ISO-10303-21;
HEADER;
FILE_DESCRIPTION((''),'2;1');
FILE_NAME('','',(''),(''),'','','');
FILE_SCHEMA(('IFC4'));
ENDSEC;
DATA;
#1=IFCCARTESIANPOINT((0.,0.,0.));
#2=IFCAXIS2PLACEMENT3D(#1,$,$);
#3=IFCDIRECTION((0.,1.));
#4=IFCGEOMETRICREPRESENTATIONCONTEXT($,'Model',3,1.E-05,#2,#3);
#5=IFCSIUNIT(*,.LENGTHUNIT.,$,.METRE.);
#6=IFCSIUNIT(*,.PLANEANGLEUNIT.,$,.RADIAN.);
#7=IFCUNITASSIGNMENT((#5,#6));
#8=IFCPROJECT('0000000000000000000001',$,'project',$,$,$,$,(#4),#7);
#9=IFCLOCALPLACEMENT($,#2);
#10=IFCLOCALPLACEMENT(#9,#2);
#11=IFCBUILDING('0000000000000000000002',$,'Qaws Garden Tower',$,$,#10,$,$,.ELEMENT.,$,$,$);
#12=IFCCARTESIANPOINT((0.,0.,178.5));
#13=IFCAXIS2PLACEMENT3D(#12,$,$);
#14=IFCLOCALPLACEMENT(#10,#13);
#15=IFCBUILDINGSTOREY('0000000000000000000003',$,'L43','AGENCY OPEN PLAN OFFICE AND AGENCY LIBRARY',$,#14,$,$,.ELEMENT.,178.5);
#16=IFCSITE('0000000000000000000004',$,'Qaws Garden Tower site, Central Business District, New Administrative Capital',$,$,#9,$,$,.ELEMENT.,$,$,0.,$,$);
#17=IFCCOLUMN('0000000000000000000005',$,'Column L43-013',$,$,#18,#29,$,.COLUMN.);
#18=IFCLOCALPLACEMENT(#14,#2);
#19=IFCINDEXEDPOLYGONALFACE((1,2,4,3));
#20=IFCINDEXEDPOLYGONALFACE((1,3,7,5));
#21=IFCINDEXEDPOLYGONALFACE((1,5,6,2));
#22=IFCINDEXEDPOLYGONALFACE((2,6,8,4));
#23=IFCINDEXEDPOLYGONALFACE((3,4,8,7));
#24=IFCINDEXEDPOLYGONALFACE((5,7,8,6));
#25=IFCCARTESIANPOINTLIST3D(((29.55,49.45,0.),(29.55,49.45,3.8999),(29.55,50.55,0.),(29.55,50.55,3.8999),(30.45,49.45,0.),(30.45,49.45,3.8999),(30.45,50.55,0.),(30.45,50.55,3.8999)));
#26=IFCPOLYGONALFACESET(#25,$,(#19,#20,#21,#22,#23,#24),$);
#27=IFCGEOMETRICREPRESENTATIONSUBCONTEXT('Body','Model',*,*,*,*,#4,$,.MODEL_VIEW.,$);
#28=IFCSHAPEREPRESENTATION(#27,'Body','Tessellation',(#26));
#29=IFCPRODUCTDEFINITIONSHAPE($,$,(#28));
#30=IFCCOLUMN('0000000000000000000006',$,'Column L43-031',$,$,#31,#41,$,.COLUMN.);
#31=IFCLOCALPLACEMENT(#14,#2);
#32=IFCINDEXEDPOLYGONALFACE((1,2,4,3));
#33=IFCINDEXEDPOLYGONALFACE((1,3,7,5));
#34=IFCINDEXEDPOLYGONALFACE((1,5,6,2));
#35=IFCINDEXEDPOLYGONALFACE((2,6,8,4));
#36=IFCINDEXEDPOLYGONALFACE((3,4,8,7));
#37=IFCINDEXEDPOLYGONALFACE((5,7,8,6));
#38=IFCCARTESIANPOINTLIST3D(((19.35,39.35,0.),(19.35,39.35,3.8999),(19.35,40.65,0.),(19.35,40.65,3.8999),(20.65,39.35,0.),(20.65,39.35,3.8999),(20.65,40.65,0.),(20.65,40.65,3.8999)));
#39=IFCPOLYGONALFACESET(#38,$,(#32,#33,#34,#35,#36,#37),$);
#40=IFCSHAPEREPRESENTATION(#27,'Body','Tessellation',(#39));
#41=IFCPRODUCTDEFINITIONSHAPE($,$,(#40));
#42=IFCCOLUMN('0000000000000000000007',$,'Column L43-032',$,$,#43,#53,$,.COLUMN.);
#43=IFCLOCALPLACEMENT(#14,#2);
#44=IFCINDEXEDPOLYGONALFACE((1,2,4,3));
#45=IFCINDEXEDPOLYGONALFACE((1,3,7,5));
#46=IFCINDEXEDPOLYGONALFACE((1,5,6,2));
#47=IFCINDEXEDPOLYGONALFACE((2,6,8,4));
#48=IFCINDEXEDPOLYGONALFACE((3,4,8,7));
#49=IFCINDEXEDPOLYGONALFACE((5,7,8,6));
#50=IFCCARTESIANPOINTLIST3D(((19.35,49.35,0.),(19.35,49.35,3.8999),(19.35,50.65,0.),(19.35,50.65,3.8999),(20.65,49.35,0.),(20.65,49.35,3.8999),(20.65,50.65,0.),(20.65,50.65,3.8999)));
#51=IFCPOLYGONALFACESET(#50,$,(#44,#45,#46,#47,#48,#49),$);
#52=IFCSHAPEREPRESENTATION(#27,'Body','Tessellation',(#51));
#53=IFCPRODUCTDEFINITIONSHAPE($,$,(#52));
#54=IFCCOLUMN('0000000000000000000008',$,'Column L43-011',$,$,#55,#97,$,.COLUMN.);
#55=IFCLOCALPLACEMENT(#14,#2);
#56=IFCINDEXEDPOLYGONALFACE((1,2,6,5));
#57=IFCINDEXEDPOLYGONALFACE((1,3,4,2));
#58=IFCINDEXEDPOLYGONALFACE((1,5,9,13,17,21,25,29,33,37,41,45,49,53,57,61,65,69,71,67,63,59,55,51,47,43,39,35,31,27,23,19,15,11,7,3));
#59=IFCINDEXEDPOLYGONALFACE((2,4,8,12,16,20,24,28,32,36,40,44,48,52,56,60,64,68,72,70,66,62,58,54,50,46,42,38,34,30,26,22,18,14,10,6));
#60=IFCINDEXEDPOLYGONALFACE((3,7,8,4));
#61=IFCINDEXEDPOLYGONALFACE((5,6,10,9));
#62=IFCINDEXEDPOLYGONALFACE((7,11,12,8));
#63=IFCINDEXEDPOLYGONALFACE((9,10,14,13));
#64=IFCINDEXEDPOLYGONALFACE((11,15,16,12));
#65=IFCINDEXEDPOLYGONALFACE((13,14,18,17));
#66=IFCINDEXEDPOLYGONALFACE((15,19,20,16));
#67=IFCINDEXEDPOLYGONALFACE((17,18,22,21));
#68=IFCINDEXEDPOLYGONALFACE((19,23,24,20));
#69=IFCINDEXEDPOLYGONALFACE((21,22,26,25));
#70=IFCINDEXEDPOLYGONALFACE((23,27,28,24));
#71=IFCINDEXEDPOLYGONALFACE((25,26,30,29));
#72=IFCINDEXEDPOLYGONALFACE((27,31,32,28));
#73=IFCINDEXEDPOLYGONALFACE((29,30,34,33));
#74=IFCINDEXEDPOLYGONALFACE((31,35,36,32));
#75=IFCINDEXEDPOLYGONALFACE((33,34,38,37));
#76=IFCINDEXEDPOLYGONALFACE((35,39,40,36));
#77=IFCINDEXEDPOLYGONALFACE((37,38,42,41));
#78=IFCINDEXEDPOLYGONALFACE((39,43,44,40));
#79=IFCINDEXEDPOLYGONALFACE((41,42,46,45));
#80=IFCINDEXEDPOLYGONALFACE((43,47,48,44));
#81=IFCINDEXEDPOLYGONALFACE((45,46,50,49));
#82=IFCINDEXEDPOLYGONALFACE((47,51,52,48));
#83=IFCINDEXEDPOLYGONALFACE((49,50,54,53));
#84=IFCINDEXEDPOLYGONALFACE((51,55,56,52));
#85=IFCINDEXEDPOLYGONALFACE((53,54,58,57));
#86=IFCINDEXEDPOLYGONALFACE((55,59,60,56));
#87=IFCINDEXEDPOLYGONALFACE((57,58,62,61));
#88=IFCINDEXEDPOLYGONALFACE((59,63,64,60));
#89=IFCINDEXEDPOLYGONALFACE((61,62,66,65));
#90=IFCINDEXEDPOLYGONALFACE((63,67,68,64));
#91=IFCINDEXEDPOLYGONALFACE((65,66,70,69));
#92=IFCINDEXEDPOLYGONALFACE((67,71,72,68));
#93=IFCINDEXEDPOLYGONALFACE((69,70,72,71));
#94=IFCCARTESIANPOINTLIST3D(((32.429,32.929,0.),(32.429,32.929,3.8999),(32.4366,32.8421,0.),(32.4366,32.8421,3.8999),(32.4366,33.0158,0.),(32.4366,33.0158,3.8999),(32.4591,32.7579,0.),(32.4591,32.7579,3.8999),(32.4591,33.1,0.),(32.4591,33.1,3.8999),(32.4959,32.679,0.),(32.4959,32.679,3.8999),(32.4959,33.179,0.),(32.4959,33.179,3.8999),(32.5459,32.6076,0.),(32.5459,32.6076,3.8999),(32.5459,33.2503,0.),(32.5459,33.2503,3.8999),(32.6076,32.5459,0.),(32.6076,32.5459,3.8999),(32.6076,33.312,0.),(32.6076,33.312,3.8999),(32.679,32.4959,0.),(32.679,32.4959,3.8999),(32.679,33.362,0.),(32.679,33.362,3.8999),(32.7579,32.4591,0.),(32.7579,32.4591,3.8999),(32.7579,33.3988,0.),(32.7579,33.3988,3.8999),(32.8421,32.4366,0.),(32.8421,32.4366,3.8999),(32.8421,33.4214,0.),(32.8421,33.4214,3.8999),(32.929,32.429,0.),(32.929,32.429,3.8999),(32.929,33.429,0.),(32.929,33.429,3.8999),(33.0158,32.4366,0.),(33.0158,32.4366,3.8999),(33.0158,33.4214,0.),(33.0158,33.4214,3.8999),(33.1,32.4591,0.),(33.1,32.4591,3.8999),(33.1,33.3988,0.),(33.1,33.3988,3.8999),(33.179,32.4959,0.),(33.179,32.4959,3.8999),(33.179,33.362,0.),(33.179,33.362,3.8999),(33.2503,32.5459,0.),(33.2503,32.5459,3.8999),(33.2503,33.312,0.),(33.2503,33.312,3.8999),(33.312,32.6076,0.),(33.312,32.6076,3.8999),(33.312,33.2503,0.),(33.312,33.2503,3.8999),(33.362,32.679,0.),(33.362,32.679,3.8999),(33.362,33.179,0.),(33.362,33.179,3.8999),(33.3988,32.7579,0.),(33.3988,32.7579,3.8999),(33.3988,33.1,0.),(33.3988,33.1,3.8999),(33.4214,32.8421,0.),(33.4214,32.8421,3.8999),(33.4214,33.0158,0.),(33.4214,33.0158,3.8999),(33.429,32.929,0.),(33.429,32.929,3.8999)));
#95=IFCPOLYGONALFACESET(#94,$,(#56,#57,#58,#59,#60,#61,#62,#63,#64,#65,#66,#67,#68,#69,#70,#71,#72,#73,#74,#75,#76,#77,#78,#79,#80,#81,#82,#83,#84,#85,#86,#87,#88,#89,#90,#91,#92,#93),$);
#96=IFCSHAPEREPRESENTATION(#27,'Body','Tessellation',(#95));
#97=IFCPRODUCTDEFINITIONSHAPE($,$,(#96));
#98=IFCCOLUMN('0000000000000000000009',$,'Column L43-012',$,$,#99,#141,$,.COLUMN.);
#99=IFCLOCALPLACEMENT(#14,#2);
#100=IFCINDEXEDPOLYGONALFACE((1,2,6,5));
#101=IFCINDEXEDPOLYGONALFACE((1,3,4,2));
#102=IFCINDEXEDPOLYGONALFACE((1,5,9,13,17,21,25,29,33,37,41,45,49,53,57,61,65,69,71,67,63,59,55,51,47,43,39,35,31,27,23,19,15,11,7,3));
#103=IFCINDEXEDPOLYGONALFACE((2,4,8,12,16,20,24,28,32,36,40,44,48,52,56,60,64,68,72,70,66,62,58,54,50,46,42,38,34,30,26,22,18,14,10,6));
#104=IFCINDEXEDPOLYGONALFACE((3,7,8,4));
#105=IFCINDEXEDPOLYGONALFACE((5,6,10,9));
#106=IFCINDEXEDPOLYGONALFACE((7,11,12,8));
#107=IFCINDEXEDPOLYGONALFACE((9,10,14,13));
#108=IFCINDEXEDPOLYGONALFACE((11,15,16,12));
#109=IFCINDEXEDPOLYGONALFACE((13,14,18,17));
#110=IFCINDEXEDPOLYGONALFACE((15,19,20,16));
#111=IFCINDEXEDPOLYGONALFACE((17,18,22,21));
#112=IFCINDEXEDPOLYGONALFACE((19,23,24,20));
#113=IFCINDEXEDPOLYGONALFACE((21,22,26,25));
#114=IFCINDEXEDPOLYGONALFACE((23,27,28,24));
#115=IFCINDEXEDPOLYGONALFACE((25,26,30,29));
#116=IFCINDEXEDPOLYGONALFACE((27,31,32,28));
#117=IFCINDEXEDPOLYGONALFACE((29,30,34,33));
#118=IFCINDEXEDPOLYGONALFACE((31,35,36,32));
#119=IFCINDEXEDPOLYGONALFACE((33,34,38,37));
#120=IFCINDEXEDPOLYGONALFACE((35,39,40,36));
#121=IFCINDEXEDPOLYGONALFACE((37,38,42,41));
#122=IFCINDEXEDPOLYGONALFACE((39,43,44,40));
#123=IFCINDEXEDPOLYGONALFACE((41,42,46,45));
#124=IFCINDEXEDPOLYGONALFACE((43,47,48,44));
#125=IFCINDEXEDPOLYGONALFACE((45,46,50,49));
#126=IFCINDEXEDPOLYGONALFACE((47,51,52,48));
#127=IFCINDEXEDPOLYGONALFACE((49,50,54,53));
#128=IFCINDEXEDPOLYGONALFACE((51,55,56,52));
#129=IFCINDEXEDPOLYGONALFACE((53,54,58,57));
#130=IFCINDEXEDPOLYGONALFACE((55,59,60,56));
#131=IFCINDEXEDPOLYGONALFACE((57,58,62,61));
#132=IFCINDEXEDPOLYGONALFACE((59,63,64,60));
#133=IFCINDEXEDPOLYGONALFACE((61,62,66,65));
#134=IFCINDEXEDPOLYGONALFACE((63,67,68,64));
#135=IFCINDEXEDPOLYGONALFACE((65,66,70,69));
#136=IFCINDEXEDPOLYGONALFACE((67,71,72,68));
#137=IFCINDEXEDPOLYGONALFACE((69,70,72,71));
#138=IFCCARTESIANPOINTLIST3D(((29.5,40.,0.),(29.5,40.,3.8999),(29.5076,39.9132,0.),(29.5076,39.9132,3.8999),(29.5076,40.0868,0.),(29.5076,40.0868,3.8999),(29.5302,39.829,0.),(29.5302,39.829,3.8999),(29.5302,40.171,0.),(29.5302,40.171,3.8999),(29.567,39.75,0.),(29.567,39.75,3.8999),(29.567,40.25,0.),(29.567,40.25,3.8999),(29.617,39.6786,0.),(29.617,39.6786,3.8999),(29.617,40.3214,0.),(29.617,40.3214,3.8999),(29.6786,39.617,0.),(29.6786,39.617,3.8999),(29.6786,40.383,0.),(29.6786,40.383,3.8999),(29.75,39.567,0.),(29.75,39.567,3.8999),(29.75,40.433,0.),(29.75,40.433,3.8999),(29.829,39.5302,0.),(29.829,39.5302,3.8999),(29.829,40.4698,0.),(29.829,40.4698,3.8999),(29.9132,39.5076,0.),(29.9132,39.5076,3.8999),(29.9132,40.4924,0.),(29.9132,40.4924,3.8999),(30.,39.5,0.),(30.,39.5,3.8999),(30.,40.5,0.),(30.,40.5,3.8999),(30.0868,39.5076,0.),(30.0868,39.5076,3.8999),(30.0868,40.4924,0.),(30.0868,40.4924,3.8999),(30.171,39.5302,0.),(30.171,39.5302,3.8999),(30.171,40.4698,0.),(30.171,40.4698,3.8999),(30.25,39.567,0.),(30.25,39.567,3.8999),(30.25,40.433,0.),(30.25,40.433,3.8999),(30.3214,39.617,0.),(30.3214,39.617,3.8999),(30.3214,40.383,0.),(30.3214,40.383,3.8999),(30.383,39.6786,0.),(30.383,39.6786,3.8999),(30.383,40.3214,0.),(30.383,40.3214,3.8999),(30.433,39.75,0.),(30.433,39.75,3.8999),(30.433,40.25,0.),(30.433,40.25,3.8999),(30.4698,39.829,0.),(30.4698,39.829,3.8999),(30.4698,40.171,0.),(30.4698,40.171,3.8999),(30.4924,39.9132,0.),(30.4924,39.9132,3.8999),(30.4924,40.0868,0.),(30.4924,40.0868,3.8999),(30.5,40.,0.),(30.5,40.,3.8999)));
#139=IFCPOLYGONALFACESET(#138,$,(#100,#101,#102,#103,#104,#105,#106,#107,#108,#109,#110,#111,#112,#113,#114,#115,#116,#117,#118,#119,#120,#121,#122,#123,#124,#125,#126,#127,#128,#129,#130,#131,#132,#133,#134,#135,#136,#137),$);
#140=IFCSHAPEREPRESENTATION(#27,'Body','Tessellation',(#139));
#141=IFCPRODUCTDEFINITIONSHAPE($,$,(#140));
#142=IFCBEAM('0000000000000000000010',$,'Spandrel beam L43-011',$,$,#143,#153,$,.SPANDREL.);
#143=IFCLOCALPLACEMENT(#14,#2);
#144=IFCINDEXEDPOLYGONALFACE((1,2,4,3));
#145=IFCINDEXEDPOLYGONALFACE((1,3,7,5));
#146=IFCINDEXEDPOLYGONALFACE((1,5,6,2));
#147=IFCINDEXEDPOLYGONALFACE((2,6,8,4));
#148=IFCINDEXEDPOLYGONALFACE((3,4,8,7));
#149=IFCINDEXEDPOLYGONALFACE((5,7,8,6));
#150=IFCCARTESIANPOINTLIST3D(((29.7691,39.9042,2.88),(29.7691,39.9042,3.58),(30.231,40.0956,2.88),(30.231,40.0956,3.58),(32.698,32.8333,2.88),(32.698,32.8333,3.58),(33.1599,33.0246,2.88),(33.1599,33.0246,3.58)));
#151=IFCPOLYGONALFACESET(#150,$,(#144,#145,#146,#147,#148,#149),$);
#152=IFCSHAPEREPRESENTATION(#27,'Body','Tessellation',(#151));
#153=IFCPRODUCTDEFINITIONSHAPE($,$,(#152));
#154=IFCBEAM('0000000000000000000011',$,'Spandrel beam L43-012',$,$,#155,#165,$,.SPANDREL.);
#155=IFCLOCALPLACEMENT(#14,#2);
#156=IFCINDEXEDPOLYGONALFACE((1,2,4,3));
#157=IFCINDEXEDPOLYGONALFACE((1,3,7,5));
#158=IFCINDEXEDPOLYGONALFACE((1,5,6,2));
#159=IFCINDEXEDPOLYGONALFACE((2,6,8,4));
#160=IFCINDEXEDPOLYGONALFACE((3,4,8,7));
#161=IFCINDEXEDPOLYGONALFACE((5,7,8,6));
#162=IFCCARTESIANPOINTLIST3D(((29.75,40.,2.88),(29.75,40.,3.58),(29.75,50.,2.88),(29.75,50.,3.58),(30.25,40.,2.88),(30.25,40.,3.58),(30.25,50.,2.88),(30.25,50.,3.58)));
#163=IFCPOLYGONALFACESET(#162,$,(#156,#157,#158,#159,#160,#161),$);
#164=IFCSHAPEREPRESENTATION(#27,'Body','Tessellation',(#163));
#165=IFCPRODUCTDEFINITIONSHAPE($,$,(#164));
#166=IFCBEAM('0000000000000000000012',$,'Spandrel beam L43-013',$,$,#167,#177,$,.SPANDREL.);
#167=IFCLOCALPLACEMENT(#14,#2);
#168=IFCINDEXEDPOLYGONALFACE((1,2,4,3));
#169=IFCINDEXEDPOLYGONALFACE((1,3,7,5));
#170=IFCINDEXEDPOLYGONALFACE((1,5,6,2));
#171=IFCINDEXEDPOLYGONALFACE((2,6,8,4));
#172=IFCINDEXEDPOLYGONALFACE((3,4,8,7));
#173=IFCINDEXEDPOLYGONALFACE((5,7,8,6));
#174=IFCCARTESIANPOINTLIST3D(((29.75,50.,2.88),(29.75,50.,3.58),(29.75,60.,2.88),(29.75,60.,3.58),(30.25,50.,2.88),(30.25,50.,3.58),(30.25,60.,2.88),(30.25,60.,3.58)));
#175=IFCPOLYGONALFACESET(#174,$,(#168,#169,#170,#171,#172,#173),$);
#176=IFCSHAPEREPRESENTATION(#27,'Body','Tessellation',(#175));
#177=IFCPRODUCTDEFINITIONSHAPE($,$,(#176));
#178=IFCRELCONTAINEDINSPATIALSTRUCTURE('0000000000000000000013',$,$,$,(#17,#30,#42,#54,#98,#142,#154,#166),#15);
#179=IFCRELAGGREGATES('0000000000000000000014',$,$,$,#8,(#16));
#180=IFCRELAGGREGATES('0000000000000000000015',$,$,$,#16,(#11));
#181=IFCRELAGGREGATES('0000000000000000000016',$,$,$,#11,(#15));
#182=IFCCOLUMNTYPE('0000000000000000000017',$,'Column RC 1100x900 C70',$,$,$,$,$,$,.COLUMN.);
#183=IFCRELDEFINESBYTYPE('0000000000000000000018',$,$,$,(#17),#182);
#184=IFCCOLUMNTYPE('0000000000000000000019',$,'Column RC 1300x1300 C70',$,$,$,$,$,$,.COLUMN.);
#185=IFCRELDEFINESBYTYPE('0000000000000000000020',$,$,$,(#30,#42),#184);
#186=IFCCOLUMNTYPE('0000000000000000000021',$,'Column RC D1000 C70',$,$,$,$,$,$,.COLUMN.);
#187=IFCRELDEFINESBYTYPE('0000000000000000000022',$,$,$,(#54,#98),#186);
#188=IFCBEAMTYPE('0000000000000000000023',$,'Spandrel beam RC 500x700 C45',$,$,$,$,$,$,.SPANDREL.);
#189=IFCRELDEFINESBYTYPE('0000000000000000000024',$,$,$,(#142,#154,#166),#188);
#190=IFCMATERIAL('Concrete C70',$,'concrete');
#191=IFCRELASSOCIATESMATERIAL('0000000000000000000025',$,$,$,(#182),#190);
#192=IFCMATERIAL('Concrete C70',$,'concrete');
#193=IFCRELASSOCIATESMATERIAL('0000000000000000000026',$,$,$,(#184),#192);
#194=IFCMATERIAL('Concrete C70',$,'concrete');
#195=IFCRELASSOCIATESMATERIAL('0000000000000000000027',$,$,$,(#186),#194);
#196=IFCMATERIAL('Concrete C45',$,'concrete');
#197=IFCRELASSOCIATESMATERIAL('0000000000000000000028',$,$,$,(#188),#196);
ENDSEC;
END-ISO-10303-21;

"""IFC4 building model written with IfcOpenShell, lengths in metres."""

from ifc_helpers import new_model, si_unit, direction, frame, origin, origin_2d, place, context, subcontext, project, spatial, rectangle, circle, extrude, material, material_profile, profile_set, type_object, element, save


model = new_model("IFC4")

# Units and contexts
model_context = context("Model", 3, precision=1e-05, world=origin(), true_north=direction((0.0, 1.0)))
body_context = subcontext(model_context, "Body", "Model", "MODEL_VIEW")
ifc_project = project(units=[si_unit("LENGTHUNIT", "METRE"), si_unit("PLANEANGLEUNIT", "RADIAN")], contexts=[model_context])

# Site, building, storey
site_placement = place(None, origin())
site = spatial("IfcSite", under=ifc_project, at=site_placement, Name="Qaws Garden Tower site, Central Business District, New Administrative Capital", CompositionType="ELEMENT", RefElevation=0.0)
building_placement = place(site_placement, origin())
building = spatial("IfcBuilding", under=site, at=building_placement, Name="Qaws Garden Tower", CompositionType="ELEMENT")
storey_placement = place(building_placement, frame((0.0, 0.0, 178.5)))
storey = spatial("IfcBuildingStorey", under=building, at=storey_placement, Name="L43", Description="AGENCY OPEN PLAN OFFICE AND AGENCY LIBRARY", CompositionType="ELEMENT", Elevation=178.5)

# Columns
ifc_material_1 = material(Name="Concrete C70", Category="concrete")
ifc_material_profile_1 = material_profile(ifc_material_1, rectangle(XDim=1.1001, YDim=0.8999, at=origin_2d()), Name="RC 1100x900")
ifc_profile_set_1 = profile_set([ifc_material_profile_1], Name="Concrete C70")
column_type_1 = type_object("IfcColumnType", Name="Column RC 1100x900 C70", PredefinedType="COLUMN", material=ifc_profile_set_1)
column_placement = place(storey_placement, frame((30.0, 50.0, 0.0), z_axis=(0.0, 0.0, 1.0), x_axis=(0.0, 1.0, 0.0)))
element("IfcColumn", 1, at=column_placement, inside=storey, type_object=column_type_1, Name="Column L43-013", PredefinedType="COLUMN", context=body_context, shape_type="SweptSolid", body=[
    extrude(rectangle(XDim=1.1001, YDim=0.8999, at=origin_2d()), origin(), (0.0, 0.0, 1.0), 3.8999),
])
ifc_material_2 = material(Name="Concrete C70", Category="concrete")
ifc_material_profile_2 = material_profile(ifc_material_2, rectangle(XDim=1.3, YDim=1.3, at=origin_2d()), Name="RC 1300x1300")
ifc_profile_set_2 = profile_set([ifc_material_profile_2], Name="Concrete C70")
column_type_2 = type_object("IfcColumnType", Name="Column RC 1300x1300 C70", PredefinedType="COLUMN", material=ifc_profile_set_2)
for number, where, z_axis, x_axis, name in (
    (2, (20.0, 40.0, 0.0), (0.0, 0.0, 1.0), (1.0, 0.0, 0.0), "Column L43-031"),
    (3, (20.0, 50.0, 0.0), (0.0, 0.0, 1.0), (1.0, 0.0, 0.0), "Column L43-032"),
):
    element("IfcColumn", number, at=place(storey_placement, frame(where, z_axis=z_axis, x_axis=x_axis)), inside=storey, type_object=column_type_2, Name=name, PredefinedType="COLUMN", context=body_context, shape_type="SweptSolid", body=[
        extrude(rectangle(XDim=1.3, YDim=1.3, at=origin_2d()), origin(), (0.0, 0.0, 1.0), 3.8999),
    ])
ifc_material_3 = material(Name="Concrete C70", Category="concrete")
ifc_material_profile_3 = material_profile(ifc_material_3, circle(Radius=0.5, at=origin_2d()), Name="RC D1000")
ifc_profile_set_3 = profile_set([ifc_material_profile_3], Name="Concrete C70")
column_type_3 = type_object("IfcColumnType", Name="Column RC D1000 C70", PredefinedType="COLUMN", material=ifc_profile_set_3)
for number, where, z_axis, x_axis, name in (
    (4, (32.929, 32.929, 0.0), (0.0, 0.0, 1.0), (1.0, 0.0, 0.0), "Column L43-011"),
    (5, (30.0, 40.0, 0.0), (0.0, 0.0, 1.0), (1.0, 0.0, 0.0), "Column L43-012"),
):
    element("IfcColumn", number, at=place(storey_placement, frame(where, z_axis=z_axis, x_axis=x_axis)), inside=storey, type_object=column_type_3, Name=name, PredefinedType="COLUMN", context=body_context, shape_type="SweptSolid", body=[
        extrude(circle(Radius=0.5, at=origin_2d()), origin(), (0.0, 0.0, 1.0), 3.8999),
    ])

# Beams
ifc_material_4 = material(Name="Concrete C45", Category="concrete")
ifc_material_profile_4 = material_profile(ifc_material_4, rectangle(XDim=0.5, YDim=0.7, at=origin_2d()), Name="RC 500x700")
ifc_profile_set_4 = profile_set([ifc_material_profile_4], Name="Concrete C45")
beam_type = type_object("IfcBeamType", Name="Spandrel beam RC 500x700 C45", PredefinedType="SPANDREL", material=ifc_profile_set_4)
beam_placement = place(storey_placement, frame((32.929, 32.929, 3.23), z_axis=(-0.382687, 0.923878, 0.0), x_axis=(-0.923878, -0.382687, 0.0)))
element("IfcBeam", 6, at=beam_placement, inside=storey, type_object=beam_type, Name="Spandrel beam L43-011", PredefinedType="SPANDREL", context=body_context, shape_type="SweptSolid", body=[
    extrude(rectangle(XDim=0.5, YDim=0.7, at=origin_2d()), origin(), (0.0, 0.0, 1.0), 7.6536),
])
for number, where, z_axis, x_axis, name in (
    (7, (30.0, 40.0, 3.23), (0.0, 1.0, 0.0), (-1.0, 0.0, 0.0), "Spandrel beam L43-012"),
    (8, (30.0, 50.0, 3.23), (0.0, 1.0, 0.0), (-1.0, 0.0, 0.0), "Spandrel beam L43-013"),
):
    element("IfcBeam", number, at=place(storey_placement, frame(where, z_axis=z_axis, x_axis=x_axis)), inside=storey, type_object=beam_type, Name=name, PredefinedType="SPANDREL", context=body_context, shape_type="SweptSolid", body=[
        extrude(rectangle(XDim=0.5, YDim=0.7, at=origin_2d()), origin(), (0.0, 0.0, 1.0), 10.0),
    ])

save(model, "model.ifc")
